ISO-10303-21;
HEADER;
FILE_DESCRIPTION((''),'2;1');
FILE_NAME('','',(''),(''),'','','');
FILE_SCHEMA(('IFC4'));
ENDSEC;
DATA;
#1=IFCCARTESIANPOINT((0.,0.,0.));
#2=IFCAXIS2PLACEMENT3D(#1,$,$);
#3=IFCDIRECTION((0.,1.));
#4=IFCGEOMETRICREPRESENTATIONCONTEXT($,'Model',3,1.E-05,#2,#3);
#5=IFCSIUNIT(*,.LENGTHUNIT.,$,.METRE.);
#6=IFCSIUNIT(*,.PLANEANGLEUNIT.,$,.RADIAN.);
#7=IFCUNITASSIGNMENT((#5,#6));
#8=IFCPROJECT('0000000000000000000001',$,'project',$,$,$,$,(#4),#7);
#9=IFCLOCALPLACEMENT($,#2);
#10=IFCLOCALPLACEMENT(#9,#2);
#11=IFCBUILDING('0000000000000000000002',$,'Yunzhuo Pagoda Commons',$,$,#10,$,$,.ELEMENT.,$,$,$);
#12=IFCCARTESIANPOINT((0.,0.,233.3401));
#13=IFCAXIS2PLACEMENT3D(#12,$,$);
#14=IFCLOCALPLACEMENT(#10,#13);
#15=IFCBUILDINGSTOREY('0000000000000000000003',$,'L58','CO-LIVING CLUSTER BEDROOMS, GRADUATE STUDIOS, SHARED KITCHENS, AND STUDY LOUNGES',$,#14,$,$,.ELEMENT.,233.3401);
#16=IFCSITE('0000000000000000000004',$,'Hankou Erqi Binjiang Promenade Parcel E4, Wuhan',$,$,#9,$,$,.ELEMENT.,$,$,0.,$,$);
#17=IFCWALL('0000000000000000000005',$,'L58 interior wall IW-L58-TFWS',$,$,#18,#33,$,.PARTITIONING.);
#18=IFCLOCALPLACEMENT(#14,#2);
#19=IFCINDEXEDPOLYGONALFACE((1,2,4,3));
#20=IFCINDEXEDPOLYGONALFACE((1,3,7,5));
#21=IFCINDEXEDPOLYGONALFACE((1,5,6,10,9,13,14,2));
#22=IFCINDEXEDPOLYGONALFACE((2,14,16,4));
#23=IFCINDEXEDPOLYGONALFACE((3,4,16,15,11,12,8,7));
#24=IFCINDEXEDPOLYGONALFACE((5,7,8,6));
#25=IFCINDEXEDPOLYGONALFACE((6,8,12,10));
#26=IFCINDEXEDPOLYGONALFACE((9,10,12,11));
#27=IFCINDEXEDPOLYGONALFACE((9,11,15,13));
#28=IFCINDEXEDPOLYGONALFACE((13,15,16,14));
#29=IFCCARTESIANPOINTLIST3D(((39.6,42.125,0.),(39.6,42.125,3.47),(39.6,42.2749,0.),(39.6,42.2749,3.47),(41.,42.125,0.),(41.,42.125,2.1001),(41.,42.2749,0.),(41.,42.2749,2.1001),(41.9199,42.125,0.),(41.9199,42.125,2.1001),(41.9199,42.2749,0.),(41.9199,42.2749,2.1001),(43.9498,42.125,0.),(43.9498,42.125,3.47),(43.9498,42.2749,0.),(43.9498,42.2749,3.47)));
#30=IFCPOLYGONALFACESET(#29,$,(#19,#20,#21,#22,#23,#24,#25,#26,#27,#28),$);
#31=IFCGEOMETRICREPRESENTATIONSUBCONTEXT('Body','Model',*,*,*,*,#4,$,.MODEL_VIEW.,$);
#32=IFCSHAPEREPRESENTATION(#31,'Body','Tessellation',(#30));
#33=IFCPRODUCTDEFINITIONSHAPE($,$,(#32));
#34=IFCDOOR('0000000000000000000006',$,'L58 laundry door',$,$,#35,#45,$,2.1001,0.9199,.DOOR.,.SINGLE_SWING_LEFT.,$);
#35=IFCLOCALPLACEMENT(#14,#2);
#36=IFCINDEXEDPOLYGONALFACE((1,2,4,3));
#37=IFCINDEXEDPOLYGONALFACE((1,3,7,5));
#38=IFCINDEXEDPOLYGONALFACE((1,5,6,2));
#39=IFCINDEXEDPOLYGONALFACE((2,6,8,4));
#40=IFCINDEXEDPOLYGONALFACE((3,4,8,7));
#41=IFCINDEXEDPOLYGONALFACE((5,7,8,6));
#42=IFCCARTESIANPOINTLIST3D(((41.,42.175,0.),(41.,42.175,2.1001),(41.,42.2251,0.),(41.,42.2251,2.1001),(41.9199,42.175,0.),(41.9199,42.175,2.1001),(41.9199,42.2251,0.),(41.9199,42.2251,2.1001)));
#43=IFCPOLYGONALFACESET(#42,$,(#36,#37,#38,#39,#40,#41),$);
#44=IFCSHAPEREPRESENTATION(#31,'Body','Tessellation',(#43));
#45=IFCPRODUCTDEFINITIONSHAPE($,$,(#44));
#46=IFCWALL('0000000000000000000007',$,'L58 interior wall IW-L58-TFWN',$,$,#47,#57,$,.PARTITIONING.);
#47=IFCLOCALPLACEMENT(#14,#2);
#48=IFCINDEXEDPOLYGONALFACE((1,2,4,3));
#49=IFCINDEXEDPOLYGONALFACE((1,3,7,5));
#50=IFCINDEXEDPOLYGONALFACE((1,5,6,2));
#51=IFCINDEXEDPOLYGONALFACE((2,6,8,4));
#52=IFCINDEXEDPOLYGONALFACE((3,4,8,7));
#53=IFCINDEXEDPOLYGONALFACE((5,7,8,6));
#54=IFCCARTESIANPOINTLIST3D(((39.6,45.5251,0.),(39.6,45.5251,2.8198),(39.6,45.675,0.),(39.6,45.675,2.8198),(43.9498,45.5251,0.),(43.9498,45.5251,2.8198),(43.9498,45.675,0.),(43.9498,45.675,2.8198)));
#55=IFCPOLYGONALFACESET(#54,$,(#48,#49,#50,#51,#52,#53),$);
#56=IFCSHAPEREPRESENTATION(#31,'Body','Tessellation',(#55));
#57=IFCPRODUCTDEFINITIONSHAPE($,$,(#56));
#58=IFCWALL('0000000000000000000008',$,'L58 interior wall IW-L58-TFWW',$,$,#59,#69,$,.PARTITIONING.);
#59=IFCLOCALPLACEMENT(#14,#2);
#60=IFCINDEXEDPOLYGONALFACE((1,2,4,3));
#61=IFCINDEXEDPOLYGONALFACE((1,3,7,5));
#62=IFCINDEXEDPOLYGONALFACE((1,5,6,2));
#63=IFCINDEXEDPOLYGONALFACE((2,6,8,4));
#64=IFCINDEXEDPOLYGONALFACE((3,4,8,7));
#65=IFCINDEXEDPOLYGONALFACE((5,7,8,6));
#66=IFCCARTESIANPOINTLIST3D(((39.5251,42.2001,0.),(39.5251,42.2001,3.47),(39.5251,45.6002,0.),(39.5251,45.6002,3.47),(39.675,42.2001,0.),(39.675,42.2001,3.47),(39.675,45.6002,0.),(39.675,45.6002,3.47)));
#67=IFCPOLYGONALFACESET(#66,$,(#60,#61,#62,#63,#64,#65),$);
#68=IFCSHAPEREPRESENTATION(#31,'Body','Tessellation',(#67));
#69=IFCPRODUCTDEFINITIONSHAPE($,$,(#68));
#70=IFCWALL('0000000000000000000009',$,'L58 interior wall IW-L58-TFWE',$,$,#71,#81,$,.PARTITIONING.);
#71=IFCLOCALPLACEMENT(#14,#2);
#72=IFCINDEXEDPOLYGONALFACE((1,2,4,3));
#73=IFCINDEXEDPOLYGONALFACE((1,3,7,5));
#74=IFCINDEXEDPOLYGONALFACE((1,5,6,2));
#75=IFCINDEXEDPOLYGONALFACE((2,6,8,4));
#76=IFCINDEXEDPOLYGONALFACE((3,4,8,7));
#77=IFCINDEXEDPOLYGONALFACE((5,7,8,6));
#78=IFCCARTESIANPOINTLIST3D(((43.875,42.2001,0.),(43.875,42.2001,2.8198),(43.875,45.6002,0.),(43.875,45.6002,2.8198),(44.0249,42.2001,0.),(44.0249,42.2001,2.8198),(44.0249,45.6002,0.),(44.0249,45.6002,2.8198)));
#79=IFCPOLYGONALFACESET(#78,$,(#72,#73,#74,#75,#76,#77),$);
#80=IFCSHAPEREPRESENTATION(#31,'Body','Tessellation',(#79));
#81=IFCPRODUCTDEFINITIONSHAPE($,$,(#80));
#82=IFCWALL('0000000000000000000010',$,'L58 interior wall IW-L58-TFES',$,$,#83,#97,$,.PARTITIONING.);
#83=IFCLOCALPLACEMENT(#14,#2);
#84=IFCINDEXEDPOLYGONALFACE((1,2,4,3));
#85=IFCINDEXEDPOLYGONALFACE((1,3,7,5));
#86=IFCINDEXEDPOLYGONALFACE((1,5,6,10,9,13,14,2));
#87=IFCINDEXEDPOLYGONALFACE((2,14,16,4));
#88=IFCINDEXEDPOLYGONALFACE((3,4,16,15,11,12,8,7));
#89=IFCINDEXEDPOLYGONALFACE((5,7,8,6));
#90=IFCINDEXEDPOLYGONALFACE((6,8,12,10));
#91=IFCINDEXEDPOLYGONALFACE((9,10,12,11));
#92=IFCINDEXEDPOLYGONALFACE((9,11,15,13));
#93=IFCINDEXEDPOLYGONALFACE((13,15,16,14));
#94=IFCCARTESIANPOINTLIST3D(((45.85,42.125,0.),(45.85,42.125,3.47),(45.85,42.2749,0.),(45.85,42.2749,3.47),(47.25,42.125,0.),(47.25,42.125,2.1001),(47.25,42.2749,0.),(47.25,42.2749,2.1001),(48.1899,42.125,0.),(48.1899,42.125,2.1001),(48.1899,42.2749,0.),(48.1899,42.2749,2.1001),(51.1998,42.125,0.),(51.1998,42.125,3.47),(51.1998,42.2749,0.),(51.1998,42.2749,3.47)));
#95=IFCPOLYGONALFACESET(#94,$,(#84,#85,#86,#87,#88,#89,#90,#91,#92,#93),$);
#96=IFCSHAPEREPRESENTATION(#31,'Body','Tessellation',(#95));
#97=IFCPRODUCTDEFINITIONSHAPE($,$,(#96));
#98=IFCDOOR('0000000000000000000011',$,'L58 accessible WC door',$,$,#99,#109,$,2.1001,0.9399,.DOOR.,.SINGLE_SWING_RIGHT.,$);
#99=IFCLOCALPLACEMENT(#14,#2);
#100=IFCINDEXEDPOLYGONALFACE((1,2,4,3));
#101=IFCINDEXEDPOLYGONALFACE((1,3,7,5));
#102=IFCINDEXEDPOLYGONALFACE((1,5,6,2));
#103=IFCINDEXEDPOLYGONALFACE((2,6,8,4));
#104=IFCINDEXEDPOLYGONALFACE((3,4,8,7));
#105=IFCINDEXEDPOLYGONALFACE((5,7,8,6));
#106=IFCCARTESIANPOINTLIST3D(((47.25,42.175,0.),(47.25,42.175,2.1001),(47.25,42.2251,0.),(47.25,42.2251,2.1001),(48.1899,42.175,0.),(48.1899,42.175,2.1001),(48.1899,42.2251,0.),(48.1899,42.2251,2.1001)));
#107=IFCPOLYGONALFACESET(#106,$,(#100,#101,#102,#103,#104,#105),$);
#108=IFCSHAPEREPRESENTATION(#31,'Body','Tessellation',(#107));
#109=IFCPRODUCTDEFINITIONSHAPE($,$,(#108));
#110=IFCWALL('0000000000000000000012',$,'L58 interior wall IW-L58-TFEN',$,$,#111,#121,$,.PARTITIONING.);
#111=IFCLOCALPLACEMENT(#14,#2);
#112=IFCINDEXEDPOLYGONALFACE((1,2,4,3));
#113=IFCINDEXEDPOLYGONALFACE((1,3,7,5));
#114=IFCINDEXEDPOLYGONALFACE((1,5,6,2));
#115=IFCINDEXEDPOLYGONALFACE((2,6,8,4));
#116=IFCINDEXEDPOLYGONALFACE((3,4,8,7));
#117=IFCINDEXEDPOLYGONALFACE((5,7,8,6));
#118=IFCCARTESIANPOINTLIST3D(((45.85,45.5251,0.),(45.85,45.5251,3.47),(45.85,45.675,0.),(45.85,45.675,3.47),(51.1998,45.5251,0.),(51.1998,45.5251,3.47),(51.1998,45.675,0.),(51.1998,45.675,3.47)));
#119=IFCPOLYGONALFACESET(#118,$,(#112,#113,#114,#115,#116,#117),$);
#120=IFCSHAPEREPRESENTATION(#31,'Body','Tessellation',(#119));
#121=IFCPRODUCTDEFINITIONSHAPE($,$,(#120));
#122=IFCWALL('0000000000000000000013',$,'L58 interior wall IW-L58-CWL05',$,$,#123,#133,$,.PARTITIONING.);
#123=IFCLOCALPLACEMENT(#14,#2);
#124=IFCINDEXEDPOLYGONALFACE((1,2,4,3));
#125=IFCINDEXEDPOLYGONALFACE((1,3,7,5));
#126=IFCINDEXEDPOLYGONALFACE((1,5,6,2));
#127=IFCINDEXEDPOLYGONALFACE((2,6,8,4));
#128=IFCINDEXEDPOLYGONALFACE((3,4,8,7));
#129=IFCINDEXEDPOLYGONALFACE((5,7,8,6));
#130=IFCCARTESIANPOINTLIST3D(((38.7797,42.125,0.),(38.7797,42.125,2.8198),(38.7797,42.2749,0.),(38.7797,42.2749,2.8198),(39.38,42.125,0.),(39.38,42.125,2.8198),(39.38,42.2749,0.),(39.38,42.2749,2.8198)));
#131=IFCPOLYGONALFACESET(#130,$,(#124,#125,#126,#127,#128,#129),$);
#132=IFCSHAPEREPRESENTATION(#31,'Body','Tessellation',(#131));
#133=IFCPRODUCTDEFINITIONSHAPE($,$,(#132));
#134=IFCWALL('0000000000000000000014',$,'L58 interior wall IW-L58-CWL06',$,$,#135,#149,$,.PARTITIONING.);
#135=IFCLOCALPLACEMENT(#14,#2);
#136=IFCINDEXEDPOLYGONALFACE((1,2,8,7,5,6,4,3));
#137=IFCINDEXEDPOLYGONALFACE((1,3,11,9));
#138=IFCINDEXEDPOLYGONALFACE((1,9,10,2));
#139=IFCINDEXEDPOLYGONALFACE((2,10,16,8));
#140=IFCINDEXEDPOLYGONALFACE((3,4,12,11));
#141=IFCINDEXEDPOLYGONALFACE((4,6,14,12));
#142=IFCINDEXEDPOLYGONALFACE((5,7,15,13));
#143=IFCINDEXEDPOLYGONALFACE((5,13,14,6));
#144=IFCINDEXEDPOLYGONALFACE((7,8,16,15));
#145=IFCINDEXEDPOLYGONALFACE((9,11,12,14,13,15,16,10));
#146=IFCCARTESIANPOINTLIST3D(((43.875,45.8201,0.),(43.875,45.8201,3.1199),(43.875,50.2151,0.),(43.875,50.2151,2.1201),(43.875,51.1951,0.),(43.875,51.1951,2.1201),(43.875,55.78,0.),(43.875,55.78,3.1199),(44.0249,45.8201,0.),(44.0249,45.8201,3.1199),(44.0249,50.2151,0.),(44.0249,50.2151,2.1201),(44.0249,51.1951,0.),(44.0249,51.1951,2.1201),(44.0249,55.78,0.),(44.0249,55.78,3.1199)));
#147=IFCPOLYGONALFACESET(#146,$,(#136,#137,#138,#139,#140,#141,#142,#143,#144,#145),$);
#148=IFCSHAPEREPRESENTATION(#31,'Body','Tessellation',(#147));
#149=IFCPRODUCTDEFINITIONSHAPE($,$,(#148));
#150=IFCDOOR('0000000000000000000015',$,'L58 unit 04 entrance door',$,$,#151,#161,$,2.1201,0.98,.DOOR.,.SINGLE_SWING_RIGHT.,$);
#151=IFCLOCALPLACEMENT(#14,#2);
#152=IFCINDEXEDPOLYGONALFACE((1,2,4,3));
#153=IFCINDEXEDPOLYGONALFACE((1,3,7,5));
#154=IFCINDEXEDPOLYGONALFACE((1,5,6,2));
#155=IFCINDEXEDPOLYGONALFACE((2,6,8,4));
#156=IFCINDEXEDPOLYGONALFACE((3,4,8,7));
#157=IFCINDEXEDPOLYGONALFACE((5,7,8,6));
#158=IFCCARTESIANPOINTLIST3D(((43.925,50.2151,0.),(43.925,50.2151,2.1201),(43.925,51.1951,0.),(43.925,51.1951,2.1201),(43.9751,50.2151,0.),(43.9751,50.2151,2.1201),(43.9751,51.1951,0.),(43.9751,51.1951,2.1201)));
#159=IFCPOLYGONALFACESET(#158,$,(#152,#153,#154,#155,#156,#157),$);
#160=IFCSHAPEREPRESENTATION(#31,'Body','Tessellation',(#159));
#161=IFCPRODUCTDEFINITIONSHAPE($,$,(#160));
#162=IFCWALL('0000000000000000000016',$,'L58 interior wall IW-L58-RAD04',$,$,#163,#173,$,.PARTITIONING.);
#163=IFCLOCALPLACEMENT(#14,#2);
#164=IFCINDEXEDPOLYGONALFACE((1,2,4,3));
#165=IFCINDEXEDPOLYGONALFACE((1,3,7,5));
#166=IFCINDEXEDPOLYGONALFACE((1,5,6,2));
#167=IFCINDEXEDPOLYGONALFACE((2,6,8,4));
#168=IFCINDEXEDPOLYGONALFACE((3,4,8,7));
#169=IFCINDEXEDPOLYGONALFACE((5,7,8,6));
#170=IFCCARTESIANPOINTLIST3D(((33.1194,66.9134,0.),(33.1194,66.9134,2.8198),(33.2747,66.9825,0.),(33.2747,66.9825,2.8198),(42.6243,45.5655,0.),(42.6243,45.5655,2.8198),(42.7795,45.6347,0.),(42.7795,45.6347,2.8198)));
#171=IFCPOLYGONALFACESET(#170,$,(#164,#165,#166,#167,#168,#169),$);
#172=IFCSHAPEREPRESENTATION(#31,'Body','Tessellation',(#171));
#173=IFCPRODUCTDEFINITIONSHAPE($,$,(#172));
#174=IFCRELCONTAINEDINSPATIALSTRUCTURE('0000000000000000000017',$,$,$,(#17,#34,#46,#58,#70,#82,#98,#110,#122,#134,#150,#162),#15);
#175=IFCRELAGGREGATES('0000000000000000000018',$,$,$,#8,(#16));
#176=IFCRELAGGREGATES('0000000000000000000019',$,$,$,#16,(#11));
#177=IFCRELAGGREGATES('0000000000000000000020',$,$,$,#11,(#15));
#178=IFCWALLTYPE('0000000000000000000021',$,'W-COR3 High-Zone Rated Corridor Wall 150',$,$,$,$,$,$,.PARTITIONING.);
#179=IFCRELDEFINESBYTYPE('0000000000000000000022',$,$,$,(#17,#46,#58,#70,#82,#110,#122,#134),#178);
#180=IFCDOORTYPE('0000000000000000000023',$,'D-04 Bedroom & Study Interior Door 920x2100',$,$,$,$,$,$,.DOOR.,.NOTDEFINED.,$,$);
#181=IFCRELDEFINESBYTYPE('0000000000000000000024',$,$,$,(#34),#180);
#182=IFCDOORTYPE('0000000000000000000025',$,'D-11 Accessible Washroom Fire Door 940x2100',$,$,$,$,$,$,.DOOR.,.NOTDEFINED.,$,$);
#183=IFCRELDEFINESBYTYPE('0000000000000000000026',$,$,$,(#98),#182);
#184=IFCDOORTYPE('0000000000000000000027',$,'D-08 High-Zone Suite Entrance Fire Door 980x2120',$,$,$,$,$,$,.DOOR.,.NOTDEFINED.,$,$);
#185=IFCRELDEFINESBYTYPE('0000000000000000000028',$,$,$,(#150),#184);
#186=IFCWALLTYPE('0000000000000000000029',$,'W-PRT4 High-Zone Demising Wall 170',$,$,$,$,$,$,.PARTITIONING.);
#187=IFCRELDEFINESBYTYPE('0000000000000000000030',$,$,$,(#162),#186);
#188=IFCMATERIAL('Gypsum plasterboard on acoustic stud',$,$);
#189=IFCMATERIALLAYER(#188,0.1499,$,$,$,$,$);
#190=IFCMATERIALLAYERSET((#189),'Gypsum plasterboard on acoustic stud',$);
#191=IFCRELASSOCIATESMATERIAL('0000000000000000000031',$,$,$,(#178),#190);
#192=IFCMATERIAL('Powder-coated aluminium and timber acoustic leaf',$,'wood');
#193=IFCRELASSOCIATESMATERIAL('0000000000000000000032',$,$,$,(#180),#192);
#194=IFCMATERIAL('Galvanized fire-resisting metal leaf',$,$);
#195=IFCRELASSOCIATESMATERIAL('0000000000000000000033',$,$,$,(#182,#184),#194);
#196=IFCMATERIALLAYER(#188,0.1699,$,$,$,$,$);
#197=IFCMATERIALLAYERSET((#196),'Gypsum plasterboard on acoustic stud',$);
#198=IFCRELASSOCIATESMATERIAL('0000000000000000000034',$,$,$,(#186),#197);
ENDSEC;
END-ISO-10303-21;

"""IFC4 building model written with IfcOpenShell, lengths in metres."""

from ifc_helpers import new_model, si_unit, direction, frame, frame_2d, origin, origin_with_axes, place, context, subcontext, project, spatial, rectangle, extrude, source, transform, mapped, material, layer, layer_set, type_object, element, fill, save


model = new_model("IFC4")

# Units and contexts
model_context = context("Model", 3, precision=1e-05, world=origin(), true_north=direction((0.0, 1.0)))
body_context = subcontext(model_context, "Body", "Model", "MODEL_VIEW")
ifc_project = project(units=[si_unit("LENGTHUNIT", "METRE"), si_unit("PLANEANGLEUNIT", "RADIAN")], contexts=[model_context])

# Site, building, storey
site_placement = place(None, origin())
site = spatial("IfcSite", under=ifc_project, at=site_placement, Name="Hankou Erqi Binjiang Promenade Parcel E4, Wuhan", CompositionType="ELEMENT", RefElevation=0.0)
building_placement = place(site_placement, origin())
building = spatial("IfcBuilding", under=site, at=building_placement, Name="Yunzhuo Pagoda Commons", CompositionType="ELEMENT")
storey_placement = place(building_placement, frame((0.0, 0.0, 233.3401)))
storey = spatial("IfcBuildingStorey", under=building, at=storey_placement, Name="L58", Description="CO-LIVING CLUSTER BEDROOMS, GRADUATE STUDIOS, SHARED KITCHENS, AND STUDY LOUNGES", CompositionType="ELEMENT", Elevation=233.3401)

# Wall, opening, door
ifc_material_1 = material(Name="Galvanized fire-resisting metal leaf")
ifc_material_2 = material(Name="Gypsum plasterboard on acoustic stud")
ifc_layer_1 = layer(ifc_material_2, 0.1499)
ifc_layer_set_1 = layer_set([ifc_layer_1], Name="Gypsum plasterboard on acoustic stud")
wall_type_1 = type_object("IfcWallType", Name="W-COR3 High-Zone Rated Corridor Wall 150", PredefinedType="PARTITIONING", material=ifc_layer_set_1)
wall_1_placement = place(storey_placement, frame((39.6001, 42.2, 0.0), z_axis=(0.0, 0.0, 1.0), x_axis=(1.0, 0.0, 0.0)))
wall_1 = element("IfcWall", 1, at=wall_1_placement, inside=storey, type_object=wall_type_1, Name="L58 interior wall IW-L58-TFWS", PredefinedType="PARTITIONING", context=body_context, shape_type="SweptSolid", body=[
    extrude(rectangle(XDim=4.3499, YDim=0.1499, at=frame_2d((2.1748, 0.0))), origin(), (0.0, 0.0, 1.0), 3.47),
])
opening_1_placement = place(wall_1_placement, frame((1.3999, 0.0, 0.0)))
opening_1 = element("IfcOpeningElement", 2, at=opening_1_placement, cuts=wall_1, PredefinedType="OPENING", context=body_context, shape_type="SweptSolid", body=[
    extrude(rectangle(XDim=0.9199, YDim=2.1001, at=frame_2d((0.46, 1.05))), frame((0.0, 0.085, 0.0), z_axis=(0.0, -1.0, 0.0), x_axis=(1.0, 0.0, 0.0)), (0.0, 0.0, 1.0), 0.1699),
])
ifc_material_3 = material(Name="Powder-coated aluminium and timber acoustic leaf", Category="wood")
door_type_1 = type_object("IfcDoorType", Name="D-04 Bedroom & Study Interior Door 920x2100", OperationType="NOTDEFINED", PredefinedType="DOOR", material=ifc_material_3)
shared_shape_1 = source(origin(), body_context, "Body", "SweptSolid", [
    extrude(rectangle(XDim=0.9199, YDim=2.1001, at=frame_2d((0.46, 1.05))), frame((0.0, 0.0249, 0.0), z_axis=(0.0, -1.0, 0.0), x_axis=(1.0, 0.0, 0.0)), (0.0, 0.0, 1.0), 0.05),
])
door_1_placement = place(opening_1_placement, frame((0.9199, 0.0, 0.0), z_axis=(0.0, 0.0, 1.0), x_axis=(-1.0, 0.0, 0.0)))
door_1 = element("IfcDoor", 3, at=door_1_placement, inside=storey, type_object=door_type_1, Name="L58 laundry door", OperationType="SINGLE_SWING_LEFT", OverallHeight=2.1001, OverallWidth=0.9199, PredefinedType="DOOR", context=body_context, shape_type="MappedRepresentation", body=[
    mapped(shared_shape_1, transform((0.0, 0.0, 0.0), scale=1.0)),
])
fill(opening_1, door_1)

# Walls
wall_2_placement = place(storey_placement, frame((39.6001, 45.6001, 0.0), z_axis=(0.0, 0.0, 1.0), x_axis=(1.0, 0.0, 0.0)))
element("IfcWall", 4, at=wall_2_placement, inside=storey, type_object=wall_type_1, Name="L58 interior wall IW-L58-TFWN", PredefinedType="PARTITIONING", context=body_context, shape_type="SweptSolid", body=[
    extrude(rectangle(XDim=4.3499, YDim=0.1499, at=frame_2d((2.1748, 0.0))), origin(), (0.0, 0.0, 1.0), 2.8198),
])
wall_3_placement = place(storey_placement, frame((39.6001, 42.2, 0.0), z_axis=(0.0, 0.0, 1.0), x_axis=(0.0, 1.0, 0.0)))
element("IfcWall", 5, at=wall_3_placement, inside=storey, type_object=wall_type_1, Name="L58 interior wall IW-L58-TFWW", PredefinedType="PARTITIONING", context=body_context, shape_type="SweptSolid", body=[
    extrude(rectangle(XDim=3.4001, YDim=0.1499, at=frame_2d((1.7002, 0.0))), origin(), (0.0, 0.0, 1.0), 3.47),
])
wall_4_placement = place(storey_placement, frame((43.95, 42.2, 0.0), z_axis=(0.0, 0.0, 1.0), x_axis=(0.0, 1.0, 0.0)))
element("IfcWall", 6, at=wall_4_placement, inside=storey, type_object=wall_type_1, Name="L58 interior wall IW-L58-TFWE", PredefinedType="PARTITIONING", context=body_context, shape_type="SweptSolid", body=[
    extrude(rectangle(XDim=3.4001, YDim=0.1499, at=frame_2d((1.7002, 0.0))), origin(), (0.0, 0.0, 1.0), 2.8198),
])

# Wall, opening, door
wall_5_placement = place(storey_placement, frame((45.8501, 42.2, 0.0), z_axis=(0.0, 0.0, 1.0), x_axis=(1.0, 0.0, 0.0)))
wall_5 = element("IfcWall", 7, at=wall_5_placement, inside=storey, type_object=wall_type_1, Name="L58 interior wall IW-L58-TFES", PredefinedType="PARTITIONING", context=body_context, shape_type="SweptSolid", body=[
    extrude(rectangle(XDim=5.3499, YDim=0.1499, at=frame_2d((2.6748, 0.0))), origin(), (0.0, 0.0, 1.0), 3.47),
])
opening_2_placement = place(wall_5_placement, frame((1.3999, 0.0, 0.0)))
opening_2 = element("IfcOpeningElement", 8, at=opening_2_placement, cuts=wall_5, PredefinedType="OPENING", context=body_context, shape_type="SweptSolid", body=[
    extrude(rectangle(XDim=0.9399, YDim=2.1001, at=frame_2d((0.47, 1.05))), frame((0.0, 0.085, 0.0), z_axis=(0.0, -1.0, 0.0), x_axis=(1.0, 0.0, 0.0)), (0.0, 0.0, 1.0), 0.1699),
])
door_type_2 = type_object("IfcDoorType", Name="D-11 Accessible Washroom Fire Door 940x2100", OperationType="NOTDEFINED", PredefinedType="DOOR", material=ifc_material_1)
shared_shape_2 = source(origin(), body_context, "Body", "SweptSolid", [
    extrude(rectangle(XDim=0.9399, YDim=2.1001, at=frame_2d((0.47, 1.05))), frame((0.0, 0.0249, 0.0), z_axis=(0.0, -1.0, 0.0), x_axis=(1.0, 0.0, 0.0)), (0.0, 0.0, 1.0), 0.05),
])
door_2_placement = place(opening_2_placement, frame((0.9399, 0.0, 0.0), z_axis=(0.0, 0.0, 1.0), x_axis=(-1.0, 0.0, 0.0)))
door_2 = element("IfcDoor", 9, at=door_2_placement, inside=storey, type_object=door_type_2, Name="L58 accessible WC door", OperationType="SINGLE_SWING_RIGHT", OverallHeight=2.1001, OverallWidth=0.9399, PredefinedType="DOOR", context=body_context, shape_type="MappedRepresentation", body=[
    mapped(shared_shape_2, transform((0.0, 0.0, 0.0), scale=1.0)),
])
fill(opening_2, door_2)

# Walls
wall_6_placement = place(storey_placement, frame((45.8501, 45.6001, 0.0), z_axis=(0.0, 0.0, 1.0), x_axis=(1.0, 0.0, 0.0)))
element("IfcWall", 10, at=wall_6_placement, inside=storey, type_object=wall_type_1, Name="L58 interior wall IW-L58-TFEN", PredefinedType="PARTITIONING", context=body_context, shape_type="SweptSolid", body=[
    extrude(rectangle(XDim=5.3499, YDim=0.1499, at=frame_2d((2.6748, 0.0))), origin(), (0.0, 0.0, 1.0), 3.47),
])
wall_7_placement = place(storey_placement, frame((38.7795, 42.2, 0.0), z_axis=(0.0, 0.0, 1.0), x_axis=(1.0, 0.0, 0.0)))
element("IfcWall", 11, at=wall_7_placement, inside=storey, type_object=wall_type_1, Name="L58 interior wall IW-L58-CWL05", PredefinedType="PARTITIONING", context=body_context, shape_type="SweptSolid", body=[
    extrude(rectangle(XDim=0.6003, YDim=0.1499, at=frame_2d((0.3003, 0.0))), origin(), (0.0, 0.0, 1.0), 2.8198),
])

# Wall, opening, door
wall_8_placement = place(storey_placement, frame((43.95, 45.8201, 0.0), z_axis=(0.0, 0.0, 1.0), x_axis=(0.0, 1.0, 0.0)))
wall_8 = element("IfcWall", 12, at=wall_8_placement, inside=storey, type_object=wall_type_1, Name="L58 interior wall IW-L58-CWL06", PredefinedType="PARTITIONING", context=body_context, shape_type="SweptSolid", body=[
    extrude(rectangle(XDim=9.96, YDim=0.1499, at=frame_2d((4.98, 0.0))), origin(), (0.0, 0.0, 1.0), 3.1199),
])
opening_3_placement = place(wall_8_placement, frame((4.395, 0.0, 0.0)))
opening_3 = element("IfcOpeningElement", 13, at=opening_3_placement, cuts=wall_8, PredefinedType="OPENING", context=body_context, shape_type="SweptSolid", body=[
    extrude(rectangle(XDim=0.98, YDim=2.1201, at=frame_2d((0.49, 1.0601))), frame((0.0, 0.085, 0.0), z_axis=(0.0, -1.0, 0.0), x_axis=(1.0, 0.0, 0.0)), (0.0, 0.0, 1.0), 0.1699),
])
door_type_3 = type_object("IfcDoorType", Name="D-08 High-Zone Suite Entrance Fire Door 980x2120", OperationType="NOTDEFINED", PredefinedType="DOOR", material=ifc_material_1)
shared_shape_3 = source(origin(), body_context, "Body", "SweptSolid", [
    extrude(rectangle(XDim=0.98, YDim=2.1201, at=frame_2d((0.49, 1.0601))), frame((0.0, 0.0249, 0.0), z_axis=(0.0, -1.0, 0.0), x_axis=(1.0, 0.0, 0.0)), (0.0, 0.0, 1.0), 0.05),
])
door_3_placement = place(opening_3_placement, origin_with_axes())
door_3 = element("IfcDoor", 14, at=door_3_placement, inside=storey, type_object=door_type_3, Name="L58 unit 04 entrance door", OperationType="SINGLE_SWING_RIGHT", OverallHeight=2.1201, OverallWidth=0.98, PredefinedType="DOOR", context=body_context, shape_type="MappedRepresentation", body=[
    mapped(shared_shape_3, transform((0.0, 0.0, 0.0), scale=1.0)),
])
fill(opening_3, door_3)

# Wall
ifc_layer_2 = layer(ifc_material_2, 0.1699)
ifc_layer_set_2 = layer_set([ifc_layer_2], Name="Gypsum plasterboard on acoustic stud")
wall_type_2 = type_object("IfcWallType", Name="W-PRT4 High-Zone Demising Wall 170", PredefinedType="PARTITIONING", material=ifc_layer_set_2)
wall_9_placement = place(storey_placement, frame((42.7019, 45.6001, 0.0), z_axis=(0.0, 0.0, 1.0), x_axis=(-0.406743, 0.913543, 0.0)))
element("IfcWall", 15, at=wall_9_placement, inside=storey, type_object=wall_type_2, Name="L58 interior wall IW-L58-RAD04", PredefinedType="PARTITIONING", context=body_context, shape_type="SweptSolid", body=[
    extrude(rectangle(XDim=23.3682, YDim=0.1699, at=frame_2d((11.6841, 0.0))), origin(), (0.0, 0.0, 1.0), 2.8198),
])

save(model, "model.ifc")
